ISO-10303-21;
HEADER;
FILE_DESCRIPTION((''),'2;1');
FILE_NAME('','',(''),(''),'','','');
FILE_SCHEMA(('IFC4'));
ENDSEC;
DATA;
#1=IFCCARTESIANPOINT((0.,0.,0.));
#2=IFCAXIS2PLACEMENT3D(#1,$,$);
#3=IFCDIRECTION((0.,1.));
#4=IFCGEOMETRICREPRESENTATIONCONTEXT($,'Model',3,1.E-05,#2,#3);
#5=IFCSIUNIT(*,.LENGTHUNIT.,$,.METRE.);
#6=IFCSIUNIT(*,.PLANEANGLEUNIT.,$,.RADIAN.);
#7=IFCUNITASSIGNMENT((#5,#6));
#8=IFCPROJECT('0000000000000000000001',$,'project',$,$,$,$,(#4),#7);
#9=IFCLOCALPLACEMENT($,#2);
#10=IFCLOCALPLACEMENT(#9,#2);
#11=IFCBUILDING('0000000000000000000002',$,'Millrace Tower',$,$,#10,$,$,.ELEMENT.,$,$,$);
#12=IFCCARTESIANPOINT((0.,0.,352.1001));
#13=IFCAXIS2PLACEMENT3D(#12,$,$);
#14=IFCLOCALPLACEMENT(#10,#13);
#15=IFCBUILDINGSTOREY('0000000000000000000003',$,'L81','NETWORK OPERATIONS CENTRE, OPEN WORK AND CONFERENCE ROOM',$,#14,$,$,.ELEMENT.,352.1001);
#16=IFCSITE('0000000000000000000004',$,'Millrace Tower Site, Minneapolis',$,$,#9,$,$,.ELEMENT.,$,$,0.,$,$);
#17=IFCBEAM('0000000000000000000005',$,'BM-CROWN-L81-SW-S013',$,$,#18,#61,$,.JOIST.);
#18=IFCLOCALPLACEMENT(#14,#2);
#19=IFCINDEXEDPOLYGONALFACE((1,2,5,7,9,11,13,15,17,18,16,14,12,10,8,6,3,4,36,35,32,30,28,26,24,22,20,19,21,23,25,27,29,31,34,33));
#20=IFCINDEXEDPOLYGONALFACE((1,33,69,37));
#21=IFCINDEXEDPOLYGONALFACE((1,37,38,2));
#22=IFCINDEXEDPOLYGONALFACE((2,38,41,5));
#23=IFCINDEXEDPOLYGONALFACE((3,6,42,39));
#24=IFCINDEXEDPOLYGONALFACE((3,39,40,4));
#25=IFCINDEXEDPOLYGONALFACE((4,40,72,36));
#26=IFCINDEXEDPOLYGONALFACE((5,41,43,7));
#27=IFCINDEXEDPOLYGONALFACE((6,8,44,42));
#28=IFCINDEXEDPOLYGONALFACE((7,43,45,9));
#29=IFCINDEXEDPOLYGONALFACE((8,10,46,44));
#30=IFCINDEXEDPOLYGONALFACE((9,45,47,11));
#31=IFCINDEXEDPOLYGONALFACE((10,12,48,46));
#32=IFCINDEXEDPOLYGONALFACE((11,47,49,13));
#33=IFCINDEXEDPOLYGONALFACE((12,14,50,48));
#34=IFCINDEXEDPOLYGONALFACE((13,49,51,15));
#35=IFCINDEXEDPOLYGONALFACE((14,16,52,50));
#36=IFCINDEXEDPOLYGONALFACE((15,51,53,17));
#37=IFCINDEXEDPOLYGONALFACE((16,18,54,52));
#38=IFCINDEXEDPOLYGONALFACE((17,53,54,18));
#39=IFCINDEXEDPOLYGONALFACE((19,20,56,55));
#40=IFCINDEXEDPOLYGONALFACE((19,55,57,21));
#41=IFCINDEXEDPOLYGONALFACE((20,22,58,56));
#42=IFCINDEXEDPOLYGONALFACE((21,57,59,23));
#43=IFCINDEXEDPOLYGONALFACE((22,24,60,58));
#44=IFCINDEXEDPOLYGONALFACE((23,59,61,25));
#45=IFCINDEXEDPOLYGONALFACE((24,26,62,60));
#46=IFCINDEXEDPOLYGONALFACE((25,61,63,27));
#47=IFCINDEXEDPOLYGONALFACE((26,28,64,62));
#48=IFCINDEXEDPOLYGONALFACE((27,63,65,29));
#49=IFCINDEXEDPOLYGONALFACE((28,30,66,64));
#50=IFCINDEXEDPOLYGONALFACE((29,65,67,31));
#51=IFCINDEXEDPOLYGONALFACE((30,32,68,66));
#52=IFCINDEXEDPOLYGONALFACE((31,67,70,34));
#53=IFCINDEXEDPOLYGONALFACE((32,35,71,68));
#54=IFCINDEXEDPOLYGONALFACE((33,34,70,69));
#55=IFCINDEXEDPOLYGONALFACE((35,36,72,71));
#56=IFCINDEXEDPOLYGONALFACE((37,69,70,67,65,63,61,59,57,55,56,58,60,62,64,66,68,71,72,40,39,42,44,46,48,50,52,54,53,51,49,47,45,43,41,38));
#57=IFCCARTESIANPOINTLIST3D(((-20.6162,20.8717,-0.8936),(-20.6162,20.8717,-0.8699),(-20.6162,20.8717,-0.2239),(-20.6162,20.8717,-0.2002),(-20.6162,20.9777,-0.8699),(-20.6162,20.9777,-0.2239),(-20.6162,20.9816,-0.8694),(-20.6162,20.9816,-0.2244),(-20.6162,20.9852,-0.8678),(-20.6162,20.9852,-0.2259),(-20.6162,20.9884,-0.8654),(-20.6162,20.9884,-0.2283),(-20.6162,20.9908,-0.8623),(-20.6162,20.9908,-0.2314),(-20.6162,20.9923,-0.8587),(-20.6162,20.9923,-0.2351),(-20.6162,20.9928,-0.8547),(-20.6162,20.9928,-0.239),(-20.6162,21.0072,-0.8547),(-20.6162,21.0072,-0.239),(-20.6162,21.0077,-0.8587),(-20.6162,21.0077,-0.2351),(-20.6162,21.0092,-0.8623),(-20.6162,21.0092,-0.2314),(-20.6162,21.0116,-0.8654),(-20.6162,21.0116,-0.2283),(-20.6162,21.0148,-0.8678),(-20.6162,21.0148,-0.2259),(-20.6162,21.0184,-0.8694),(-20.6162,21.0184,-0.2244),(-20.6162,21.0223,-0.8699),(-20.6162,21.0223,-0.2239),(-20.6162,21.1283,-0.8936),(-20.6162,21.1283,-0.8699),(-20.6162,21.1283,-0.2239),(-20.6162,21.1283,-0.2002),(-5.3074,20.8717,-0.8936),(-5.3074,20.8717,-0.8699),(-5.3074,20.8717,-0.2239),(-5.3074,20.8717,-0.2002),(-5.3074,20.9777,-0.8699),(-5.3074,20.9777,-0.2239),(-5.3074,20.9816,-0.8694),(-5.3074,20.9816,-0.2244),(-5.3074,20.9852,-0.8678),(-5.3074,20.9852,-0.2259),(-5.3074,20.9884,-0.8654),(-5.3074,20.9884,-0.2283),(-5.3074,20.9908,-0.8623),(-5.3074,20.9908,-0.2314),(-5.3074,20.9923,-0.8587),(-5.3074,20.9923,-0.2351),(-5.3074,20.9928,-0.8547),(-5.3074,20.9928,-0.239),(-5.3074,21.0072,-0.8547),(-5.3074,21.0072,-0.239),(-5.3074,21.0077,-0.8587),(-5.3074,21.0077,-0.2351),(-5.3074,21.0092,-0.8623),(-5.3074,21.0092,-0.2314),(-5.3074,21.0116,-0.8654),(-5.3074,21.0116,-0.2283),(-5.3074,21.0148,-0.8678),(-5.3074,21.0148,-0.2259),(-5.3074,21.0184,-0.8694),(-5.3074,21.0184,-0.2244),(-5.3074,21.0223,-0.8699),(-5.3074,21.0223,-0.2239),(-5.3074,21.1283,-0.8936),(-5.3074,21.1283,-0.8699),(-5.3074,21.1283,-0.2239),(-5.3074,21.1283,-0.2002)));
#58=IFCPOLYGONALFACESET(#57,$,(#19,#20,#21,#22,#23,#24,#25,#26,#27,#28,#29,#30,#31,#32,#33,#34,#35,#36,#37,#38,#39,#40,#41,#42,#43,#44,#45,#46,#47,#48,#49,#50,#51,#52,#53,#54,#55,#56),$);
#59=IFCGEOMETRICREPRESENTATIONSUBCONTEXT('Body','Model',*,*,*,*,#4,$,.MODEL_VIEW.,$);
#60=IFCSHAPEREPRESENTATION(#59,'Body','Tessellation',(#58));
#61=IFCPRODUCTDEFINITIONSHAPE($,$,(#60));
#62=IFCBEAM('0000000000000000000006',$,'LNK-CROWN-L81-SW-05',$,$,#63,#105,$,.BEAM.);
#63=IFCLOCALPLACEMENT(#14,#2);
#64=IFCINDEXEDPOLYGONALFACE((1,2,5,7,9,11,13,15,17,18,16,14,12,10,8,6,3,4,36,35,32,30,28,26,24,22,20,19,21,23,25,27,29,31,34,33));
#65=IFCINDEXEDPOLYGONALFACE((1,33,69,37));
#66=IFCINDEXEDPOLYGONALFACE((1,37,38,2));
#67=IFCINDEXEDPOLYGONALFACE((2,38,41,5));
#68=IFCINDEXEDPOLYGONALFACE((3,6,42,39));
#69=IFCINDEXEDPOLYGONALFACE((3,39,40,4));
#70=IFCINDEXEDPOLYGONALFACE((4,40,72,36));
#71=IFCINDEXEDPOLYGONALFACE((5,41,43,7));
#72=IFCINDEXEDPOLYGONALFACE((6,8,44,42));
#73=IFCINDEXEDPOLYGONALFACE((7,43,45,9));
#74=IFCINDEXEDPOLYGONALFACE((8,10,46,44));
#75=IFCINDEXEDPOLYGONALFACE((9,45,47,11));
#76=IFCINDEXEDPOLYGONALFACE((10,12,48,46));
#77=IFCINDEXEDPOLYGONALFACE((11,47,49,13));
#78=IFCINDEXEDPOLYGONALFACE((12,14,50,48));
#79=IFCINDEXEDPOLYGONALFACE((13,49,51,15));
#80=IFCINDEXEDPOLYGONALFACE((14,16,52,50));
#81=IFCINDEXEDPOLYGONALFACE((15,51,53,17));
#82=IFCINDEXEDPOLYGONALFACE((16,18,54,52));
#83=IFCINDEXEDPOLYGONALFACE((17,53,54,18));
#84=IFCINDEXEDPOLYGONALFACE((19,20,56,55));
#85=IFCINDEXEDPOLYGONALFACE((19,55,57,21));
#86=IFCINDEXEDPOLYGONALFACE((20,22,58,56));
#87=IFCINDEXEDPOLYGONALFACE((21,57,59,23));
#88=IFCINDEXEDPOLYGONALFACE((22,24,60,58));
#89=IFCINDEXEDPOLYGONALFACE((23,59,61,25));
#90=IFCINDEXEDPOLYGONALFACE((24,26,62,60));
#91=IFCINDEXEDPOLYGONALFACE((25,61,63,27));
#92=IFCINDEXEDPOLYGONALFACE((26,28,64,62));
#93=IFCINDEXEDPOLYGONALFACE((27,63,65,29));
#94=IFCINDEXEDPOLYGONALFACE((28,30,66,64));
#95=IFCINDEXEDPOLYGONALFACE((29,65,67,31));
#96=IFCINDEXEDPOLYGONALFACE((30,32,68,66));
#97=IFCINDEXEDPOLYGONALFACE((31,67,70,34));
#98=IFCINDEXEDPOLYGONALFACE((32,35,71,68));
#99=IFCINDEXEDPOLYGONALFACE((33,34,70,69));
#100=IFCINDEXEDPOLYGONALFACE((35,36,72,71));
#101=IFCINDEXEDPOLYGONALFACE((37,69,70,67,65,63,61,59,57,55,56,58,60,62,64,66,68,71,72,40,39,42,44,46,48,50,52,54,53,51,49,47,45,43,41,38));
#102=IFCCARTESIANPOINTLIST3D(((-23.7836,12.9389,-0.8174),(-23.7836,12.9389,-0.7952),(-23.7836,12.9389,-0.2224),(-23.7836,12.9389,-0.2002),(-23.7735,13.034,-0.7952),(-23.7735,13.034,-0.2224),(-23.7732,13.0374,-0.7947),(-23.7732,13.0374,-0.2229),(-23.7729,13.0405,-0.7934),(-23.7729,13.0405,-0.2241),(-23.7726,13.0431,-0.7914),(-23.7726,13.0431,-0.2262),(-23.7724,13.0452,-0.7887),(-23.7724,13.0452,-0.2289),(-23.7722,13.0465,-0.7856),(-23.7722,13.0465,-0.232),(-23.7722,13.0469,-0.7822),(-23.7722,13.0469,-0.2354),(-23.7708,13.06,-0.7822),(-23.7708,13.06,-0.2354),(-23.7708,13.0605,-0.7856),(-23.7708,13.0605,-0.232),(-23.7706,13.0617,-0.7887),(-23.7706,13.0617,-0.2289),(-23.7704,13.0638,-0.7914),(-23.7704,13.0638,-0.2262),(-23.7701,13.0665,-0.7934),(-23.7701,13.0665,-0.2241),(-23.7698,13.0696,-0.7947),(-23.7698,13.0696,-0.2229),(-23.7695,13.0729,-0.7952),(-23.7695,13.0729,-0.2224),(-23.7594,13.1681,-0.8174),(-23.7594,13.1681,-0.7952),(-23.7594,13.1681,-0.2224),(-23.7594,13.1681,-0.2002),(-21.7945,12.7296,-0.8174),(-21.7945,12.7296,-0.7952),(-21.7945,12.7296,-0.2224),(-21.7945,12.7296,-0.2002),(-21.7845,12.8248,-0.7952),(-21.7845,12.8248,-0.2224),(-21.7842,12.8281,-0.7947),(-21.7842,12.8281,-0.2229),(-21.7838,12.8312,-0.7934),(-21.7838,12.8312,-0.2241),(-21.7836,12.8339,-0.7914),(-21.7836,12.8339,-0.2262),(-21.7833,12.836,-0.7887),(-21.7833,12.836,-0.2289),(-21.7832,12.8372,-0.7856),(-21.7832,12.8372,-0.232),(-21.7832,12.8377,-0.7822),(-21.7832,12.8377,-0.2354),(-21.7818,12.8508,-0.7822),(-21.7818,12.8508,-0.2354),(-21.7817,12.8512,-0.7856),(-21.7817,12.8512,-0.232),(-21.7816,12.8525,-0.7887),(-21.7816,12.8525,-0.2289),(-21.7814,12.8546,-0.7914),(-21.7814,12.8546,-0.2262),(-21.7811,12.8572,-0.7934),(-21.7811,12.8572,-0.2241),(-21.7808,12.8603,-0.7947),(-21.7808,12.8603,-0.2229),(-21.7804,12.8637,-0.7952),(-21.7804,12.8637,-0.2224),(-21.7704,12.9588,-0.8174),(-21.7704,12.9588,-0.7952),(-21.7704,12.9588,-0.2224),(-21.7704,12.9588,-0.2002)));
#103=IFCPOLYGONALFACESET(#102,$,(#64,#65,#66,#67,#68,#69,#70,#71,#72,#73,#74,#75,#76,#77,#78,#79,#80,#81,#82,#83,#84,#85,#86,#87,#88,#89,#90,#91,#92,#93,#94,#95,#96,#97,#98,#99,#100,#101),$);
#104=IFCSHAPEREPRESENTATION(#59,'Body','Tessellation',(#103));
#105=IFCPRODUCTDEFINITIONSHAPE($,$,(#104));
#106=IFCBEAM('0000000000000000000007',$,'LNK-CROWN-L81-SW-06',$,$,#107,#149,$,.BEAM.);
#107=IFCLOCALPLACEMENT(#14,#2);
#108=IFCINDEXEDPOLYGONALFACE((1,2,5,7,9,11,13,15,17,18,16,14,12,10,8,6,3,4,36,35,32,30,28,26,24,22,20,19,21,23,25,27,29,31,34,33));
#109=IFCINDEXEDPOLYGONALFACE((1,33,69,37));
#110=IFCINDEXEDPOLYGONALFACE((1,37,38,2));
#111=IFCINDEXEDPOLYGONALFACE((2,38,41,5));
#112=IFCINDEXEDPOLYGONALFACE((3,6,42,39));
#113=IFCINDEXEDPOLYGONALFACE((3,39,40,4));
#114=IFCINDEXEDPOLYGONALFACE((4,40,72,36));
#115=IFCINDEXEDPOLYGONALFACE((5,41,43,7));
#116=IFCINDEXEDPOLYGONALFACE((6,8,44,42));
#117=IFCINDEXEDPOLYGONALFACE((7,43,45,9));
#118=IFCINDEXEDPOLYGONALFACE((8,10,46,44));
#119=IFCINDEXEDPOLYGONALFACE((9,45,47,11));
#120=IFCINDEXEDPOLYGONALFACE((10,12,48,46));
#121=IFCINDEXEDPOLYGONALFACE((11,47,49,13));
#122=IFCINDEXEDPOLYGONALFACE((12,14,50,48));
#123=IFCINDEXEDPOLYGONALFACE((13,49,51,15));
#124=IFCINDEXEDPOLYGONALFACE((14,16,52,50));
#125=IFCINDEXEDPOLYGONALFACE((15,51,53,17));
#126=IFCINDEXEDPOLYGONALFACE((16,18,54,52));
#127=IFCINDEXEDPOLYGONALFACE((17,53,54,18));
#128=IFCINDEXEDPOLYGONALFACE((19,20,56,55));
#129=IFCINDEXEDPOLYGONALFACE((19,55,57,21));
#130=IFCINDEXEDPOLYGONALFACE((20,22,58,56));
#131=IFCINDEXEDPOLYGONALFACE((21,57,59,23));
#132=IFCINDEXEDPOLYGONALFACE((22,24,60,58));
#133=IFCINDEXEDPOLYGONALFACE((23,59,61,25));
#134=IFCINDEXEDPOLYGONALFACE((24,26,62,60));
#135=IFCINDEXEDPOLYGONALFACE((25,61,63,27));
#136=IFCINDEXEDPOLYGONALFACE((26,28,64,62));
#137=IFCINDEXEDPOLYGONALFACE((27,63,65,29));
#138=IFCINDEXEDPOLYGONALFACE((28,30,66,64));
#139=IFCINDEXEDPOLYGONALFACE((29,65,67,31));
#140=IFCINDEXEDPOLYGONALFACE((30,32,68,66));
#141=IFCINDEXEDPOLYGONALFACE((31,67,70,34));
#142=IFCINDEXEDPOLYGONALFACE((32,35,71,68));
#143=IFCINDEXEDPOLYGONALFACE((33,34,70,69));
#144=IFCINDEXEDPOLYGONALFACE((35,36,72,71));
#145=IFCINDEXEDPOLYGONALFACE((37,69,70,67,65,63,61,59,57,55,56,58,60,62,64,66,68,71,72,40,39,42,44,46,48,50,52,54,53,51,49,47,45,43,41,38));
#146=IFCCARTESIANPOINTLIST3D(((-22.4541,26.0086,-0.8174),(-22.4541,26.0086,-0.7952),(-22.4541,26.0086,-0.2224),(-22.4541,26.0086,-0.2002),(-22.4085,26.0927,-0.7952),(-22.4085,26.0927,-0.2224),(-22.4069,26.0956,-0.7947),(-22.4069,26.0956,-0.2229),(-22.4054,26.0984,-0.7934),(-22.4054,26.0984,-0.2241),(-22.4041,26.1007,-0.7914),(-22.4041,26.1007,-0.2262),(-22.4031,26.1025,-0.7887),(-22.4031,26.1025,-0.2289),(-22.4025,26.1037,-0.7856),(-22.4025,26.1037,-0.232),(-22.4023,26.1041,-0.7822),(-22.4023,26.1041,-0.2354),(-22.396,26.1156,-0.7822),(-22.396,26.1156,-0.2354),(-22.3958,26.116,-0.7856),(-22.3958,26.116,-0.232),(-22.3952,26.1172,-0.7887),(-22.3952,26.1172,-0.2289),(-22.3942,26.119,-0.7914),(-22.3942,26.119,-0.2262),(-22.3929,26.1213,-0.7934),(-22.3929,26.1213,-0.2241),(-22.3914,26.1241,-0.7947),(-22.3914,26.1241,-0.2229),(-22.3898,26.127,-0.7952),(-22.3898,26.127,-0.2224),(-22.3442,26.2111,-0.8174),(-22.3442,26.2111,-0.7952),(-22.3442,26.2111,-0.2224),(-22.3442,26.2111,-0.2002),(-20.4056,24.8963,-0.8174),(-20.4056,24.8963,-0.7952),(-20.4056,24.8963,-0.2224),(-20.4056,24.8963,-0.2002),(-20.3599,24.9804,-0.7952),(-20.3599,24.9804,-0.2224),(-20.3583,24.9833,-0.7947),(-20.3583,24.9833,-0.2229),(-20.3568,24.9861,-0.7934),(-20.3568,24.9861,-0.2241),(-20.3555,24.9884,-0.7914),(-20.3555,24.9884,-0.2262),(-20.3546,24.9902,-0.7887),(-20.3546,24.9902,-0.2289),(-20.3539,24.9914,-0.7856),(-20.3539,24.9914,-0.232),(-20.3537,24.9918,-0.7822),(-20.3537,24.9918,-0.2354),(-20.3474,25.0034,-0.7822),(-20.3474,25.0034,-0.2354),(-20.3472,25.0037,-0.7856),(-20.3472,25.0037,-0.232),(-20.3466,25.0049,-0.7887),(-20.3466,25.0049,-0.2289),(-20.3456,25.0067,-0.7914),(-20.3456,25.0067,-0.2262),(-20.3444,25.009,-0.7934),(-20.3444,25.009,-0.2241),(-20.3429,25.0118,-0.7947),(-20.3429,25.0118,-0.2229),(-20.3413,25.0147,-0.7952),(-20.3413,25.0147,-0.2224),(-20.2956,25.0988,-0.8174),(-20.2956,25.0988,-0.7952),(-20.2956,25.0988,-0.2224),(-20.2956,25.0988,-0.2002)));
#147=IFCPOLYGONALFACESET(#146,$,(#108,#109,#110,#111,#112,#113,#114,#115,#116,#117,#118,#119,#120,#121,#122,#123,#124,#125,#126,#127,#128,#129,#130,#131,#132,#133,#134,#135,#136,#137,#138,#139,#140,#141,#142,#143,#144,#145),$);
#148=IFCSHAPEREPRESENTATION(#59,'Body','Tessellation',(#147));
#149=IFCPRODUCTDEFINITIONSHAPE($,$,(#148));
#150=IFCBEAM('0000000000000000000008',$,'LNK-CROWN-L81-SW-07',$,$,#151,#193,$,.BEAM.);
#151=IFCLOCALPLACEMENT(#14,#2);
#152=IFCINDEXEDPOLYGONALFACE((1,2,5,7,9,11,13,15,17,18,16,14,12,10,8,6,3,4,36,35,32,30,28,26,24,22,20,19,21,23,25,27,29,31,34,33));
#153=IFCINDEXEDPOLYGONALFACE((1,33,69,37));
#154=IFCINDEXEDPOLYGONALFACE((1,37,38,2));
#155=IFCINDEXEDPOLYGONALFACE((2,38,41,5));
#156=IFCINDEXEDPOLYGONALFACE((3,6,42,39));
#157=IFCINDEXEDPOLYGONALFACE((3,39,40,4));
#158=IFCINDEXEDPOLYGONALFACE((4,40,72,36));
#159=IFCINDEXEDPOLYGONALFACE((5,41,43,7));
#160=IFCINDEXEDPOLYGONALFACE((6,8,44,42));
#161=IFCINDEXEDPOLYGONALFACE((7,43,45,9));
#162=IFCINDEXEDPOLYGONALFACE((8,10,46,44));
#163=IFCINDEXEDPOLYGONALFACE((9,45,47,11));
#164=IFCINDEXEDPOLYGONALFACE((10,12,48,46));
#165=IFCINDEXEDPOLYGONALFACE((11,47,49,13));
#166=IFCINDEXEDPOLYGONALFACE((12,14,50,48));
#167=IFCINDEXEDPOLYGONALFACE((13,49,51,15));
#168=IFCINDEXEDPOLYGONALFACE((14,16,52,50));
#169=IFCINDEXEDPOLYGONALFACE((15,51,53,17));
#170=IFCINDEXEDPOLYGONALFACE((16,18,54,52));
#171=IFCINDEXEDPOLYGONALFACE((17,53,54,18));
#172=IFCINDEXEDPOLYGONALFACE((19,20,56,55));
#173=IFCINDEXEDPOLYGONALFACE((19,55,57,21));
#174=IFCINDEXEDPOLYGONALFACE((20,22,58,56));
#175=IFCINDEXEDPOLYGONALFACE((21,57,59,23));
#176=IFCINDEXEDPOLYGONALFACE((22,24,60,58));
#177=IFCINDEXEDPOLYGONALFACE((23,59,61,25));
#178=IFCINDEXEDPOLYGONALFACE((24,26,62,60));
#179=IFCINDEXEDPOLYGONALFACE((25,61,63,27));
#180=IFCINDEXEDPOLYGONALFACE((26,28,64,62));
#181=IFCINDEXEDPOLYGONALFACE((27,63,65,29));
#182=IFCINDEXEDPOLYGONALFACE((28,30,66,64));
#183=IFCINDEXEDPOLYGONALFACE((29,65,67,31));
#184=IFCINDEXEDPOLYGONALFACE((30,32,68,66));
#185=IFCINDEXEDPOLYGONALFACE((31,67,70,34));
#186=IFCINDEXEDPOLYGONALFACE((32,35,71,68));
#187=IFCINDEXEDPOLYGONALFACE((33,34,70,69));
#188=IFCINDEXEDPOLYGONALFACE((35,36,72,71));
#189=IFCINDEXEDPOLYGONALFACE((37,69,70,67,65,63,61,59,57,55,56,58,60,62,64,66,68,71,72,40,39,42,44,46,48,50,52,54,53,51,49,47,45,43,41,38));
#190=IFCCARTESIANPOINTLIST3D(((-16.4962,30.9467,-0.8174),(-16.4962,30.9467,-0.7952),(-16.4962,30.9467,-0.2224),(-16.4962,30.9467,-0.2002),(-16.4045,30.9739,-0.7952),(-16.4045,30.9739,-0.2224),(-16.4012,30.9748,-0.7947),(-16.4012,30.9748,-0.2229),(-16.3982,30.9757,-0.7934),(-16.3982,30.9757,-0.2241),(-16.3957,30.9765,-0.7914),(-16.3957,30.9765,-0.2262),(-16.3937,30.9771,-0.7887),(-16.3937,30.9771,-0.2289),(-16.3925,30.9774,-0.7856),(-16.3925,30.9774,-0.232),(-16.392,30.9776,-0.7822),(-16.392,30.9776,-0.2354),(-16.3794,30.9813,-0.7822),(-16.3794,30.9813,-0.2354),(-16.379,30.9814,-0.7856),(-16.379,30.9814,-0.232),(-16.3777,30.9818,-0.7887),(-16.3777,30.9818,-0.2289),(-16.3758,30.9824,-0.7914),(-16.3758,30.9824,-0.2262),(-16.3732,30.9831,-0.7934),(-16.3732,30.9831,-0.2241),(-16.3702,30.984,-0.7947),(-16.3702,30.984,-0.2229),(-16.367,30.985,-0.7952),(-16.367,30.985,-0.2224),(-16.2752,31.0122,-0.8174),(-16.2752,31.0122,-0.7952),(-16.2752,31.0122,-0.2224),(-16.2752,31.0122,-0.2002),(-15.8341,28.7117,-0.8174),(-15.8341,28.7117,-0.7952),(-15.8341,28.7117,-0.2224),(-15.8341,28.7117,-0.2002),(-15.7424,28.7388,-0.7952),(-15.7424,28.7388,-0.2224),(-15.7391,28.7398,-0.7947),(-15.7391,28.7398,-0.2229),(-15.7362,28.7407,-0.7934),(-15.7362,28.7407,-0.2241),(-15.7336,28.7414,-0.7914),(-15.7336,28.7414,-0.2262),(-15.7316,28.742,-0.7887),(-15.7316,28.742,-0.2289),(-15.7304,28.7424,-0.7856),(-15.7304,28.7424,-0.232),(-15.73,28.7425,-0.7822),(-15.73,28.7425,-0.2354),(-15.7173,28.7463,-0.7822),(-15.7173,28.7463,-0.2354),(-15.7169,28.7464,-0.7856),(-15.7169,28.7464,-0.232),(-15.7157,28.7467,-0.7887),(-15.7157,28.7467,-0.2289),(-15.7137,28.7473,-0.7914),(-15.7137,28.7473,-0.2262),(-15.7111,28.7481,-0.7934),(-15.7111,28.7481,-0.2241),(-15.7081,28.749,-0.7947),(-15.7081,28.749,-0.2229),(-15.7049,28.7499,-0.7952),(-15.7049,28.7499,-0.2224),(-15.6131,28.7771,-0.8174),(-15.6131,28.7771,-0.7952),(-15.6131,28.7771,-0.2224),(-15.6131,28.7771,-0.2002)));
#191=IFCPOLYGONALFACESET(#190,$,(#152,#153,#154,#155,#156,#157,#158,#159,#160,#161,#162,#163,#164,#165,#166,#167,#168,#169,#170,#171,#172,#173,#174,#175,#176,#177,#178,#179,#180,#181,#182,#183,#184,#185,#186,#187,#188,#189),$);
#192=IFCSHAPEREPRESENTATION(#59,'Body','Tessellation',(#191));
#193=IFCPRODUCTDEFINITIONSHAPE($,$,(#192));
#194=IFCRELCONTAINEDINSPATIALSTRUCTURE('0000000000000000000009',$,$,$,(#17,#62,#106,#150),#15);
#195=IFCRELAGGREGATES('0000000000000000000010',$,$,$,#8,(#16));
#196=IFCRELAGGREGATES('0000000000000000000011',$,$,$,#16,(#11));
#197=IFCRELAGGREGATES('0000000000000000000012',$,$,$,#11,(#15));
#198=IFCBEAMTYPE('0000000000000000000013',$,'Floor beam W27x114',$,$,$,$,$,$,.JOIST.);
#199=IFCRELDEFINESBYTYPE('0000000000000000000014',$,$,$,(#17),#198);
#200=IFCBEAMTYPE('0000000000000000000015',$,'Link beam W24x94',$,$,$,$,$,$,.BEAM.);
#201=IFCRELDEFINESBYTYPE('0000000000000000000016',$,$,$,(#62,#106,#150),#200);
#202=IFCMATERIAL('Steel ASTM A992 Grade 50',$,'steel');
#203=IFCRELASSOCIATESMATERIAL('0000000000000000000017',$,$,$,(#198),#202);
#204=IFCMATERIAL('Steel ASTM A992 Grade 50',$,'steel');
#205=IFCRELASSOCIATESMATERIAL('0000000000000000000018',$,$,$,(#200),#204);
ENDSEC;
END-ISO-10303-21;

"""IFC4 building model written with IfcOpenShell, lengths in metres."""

from ifc_helpers import new_model, si_unit, direction, frame, origin, origin_2d, place, context, subcontext, project, spatial, i_section, extrude, material, material_profile, profile_set, type_object, element, save


model = new_model("IFC4")

# Units and contexts
model_context = context("Model", 3, precision=1e-05, world=origin(), true_north=direction((0.0, 1.0)))
body_context = subcontext(model_context, "Body", "Model", "MODEL_VIEW")
ifc_project = project(units=[si_unit("LENGTHUNIT", "METRE"), si_unit("PLANEANGLEUNIT", "RADIAN")], contexts=[model_context])

# Site, building, storey
site_placement = place(None, origin())
site = spatial("IfcSite", under=ifc_project, at=site_placement, Name="Millrace Tower Site, Minneapolis", CompositionType="ELEMENT", RefElevation=0.0)
building_placement = place(site_placement, origin())
building = spatial("IfcBuilding", under=site, at=building_placement, Name="Millrace Tower", CompositionType="ELEMENT")
storey_placement = place(building_placement, frame((0.0, 0.0, 352.1001)))
storey = spatial("IfcBuildingStorey", under=building, at=storey_placement, Name="L81", Description="NETWORK OPERATIONS CENTRE, OPEN WORK AND CONFERENCE ROOM", CompositionType="ELEMENT", Elevation=352.1001)

# Beams
ifc_material_1 = material(Name="Steel ASTM A992 Grade 50", Category="steel")
ifc_material_profile_1 = material_profile(ifc_material_1, i_section(OverallWidth=0.2566, OverallDepth=0.6934, WebThickness=0.0144, FlangeThickness=0.0237, FilletRadius=0.0151, at=origin_2d()))
ifc_profile_set_1 = profile_set([ifc_material_profile_1], Name="Steel ASTM A992 Grade 50")
beam_type_1 = type_object("IfcBeamType", Name="Floor beam W27x114", PredefinedType="JOIST", material=ifc_profile_set_1)
beam_1_placement = place(storey_placement, frame((-20.6162, 21.0, -0.5469), z_axis=(1.0, 0.0, 0.0), x_axis=(0.0, 1.0, 0.0)))
element("IfcBeam", 1, at=beam_1_placement, inside=storey, type_object=beam_type_1, Name="BM-CROWN-L81-SW-S013", PredefinedType="JOIST", context=body_context, shape_type="SweptSolid", body=[
    extrude(i_section(OverallWidth=0.2566, OverallDepth=0.6934, WebThickness=0.0144, FlangeThickness=0.0237, FilletRadius=0.0151, at=origin_2d()), origin(), (0.0, 0.0, 1.0), 15.3088),
])
ifc_material_2 = material(Name="Steel ASTM A992 Grade 50", Category="steel")
ifc_material_profile_2 = material_profile(ifc_material_2, i_section(OverallWidth=0.2305, OverallDepth=0.6172, WebThickness=0.0132, FlangeThickness=0.0222, FilletRadius=0.0129, at=origin_2d()))
ifc_profile_set_2 = profile_set([ifc_material_profile_2], Name="Steel ASTM A992 Grade 50")
beam_type_2 = type_object("IfcBeamType", Name="Link beam W24x94", PredefinedType="BEAM", material=ifc_profile_set_2)
beam_2_placement = place(storey_placement, frame((-21.7825, 12.8442, -0.5088), z_axis=(-0.994513, 0.104615, 0.0), x_axis=(-0.104615, -0.994513, 0.0)))
element("IfcBeam", 2, at=beam_2_placement, inside=storey, type_object=beam_type_2, Name="LNK-CROWN-L81-SW-05", PredefinedType="BEAM", context=body_context, shape_type="SweptSolid", body=[
    extrude(i_section(OverallWidth=0.2305, OverallDepth=0.6172, WebThickness=0.0132, FlangeThickness=0.0222, FilletRadius=0.0129, at=origin_2d()), origin(), (0.0, 0.0, 1.0), 2.0),
])
for number, where, z_axis, x_axis, name in (
    (3, (-20.3506, 24.9976, -0.5088), (-0.878815, 0.477164, 0.0), (-0.477164, -0.878815, 0.0), "LNK-CROWN-L81-SW-06"),
    (4, (-15.7236, 28.7444, -0.5088), (-0.284031, 0.958815, 0.0), (-0.958815, -0.284031, 0.0), "LNK-CROWN-L81-SW-07"),
):
    element("IfcBeam", number, at=place(storey_placement, frame(where, z_axis=z_axis, x_axis=x_axis)), inside=storey, type_object=beam_type_2, Name=name, PredefinedType="BEAM", context=body_context, shape_type="SweptSolid", body=[
        extrude(i_section(OverallWidth=0.2305, OverallDepth=0.6172, WebThickness=0.0132, FlangeThickness=0.0222, FilletRadius=0.0129, at=origin_2d()), origin(), (0.0, 0.0, 1.0), 2.3311),
    ])

save(model, "model.ifc")
